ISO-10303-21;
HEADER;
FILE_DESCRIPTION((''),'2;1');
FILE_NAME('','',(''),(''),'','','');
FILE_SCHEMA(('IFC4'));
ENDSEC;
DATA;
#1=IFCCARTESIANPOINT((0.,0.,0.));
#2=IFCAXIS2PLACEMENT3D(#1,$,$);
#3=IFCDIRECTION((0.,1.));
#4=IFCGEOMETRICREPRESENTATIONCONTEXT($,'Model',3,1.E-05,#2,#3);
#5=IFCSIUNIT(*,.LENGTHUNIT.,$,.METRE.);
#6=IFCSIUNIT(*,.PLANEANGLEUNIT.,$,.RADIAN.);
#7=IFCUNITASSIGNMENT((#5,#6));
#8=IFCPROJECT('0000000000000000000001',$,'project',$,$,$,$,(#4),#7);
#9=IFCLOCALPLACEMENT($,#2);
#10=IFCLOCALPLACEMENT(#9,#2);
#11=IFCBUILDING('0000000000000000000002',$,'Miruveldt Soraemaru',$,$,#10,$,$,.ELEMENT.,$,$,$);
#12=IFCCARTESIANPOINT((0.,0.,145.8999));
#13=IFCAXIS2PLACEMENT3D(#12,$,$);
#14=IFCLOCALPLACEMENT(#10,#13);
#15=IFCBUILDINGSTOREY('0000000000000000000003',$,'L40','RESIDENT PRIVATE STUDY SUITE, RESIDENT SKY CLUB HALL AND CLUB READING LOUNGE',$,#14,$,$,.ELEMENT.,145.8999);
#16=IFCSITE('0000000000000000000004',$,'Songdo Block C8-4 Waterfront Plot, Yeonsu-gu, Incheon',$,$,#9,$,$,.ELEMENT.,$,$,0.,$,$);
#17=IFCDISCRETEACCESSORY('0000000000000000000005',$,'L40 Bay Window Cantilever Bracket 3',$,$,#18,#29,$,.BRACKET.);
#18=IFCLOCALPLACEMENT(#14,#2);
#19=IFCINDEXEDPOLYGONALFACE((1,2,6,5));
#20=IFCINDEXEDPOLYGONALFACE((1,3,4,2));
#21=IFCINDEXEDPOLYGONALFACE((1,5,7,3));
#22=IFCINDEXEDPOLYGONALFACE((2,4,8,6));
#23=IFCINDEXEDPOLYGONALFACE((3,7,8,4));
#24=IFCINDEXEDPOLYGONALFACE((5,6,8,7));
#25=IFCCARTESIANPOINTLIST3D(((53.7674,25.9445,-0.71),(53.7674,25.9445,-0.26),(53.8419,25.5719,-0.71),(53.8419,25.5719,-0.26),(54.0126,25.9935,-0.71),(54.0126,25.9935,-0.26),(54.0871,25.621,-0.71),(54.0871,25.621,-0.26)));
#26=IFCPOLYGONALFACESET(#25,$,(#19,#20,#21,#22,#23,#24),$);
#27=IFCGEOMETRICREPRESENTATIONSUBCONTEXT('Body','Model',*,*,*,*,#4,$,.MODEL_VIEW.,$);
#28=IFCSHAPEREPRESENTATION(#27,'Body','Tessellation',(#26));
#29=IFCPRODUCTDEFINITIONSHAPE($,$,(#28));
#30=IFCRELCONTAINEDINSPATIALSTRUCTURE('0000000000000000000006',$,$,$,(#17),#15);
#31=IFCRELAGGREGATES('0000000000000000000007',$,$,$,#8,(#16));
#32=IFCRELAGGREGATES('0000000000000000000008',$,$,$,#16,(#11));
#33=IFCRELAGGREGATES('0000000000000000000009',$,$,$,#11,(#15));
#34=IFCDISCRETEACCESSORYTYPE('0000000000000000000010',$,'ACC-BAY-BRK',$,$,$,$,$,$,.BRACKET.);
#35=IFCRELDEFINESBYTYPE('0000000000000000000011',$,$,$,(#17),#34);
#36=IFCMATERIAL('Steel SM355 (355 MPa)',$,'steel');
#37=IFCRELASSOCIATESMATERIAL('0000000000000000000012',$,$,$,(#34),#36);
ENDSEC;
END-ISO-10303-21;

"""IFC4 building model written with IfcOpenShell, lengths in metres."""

from ifc_helpers import new_model, si_unit, direction, frame, origin, origin_2d, place, context, subcontext, project, spatial, rectangle, extrude, material, type_object, element, save


model = new_model("IFC4")

# Units and contexts
model_context = context("Model", 3, precision=1e-05, world=origin(), true_north=direction((0.0, 1.0)))
body_context = subcontext(model_context, "Body", "Model", "MODEL_VIEW")
ifc_project = project(units=[si_unit("LENGTHUNIT", "METRE"), si_unit("PLANEANGLEUNIT", "RADIAN")], contexts=[model_context])

# Site, building, storey
site_placement = place(None, origin())
site = spatial("IfcSite", under=ifc_project, at=site_placement, Name="Songdo Block C8-4 Waterfront Plot, Yeonsu-gu, Incheon", CompositionType="ELEMENT", RefElevation=0.0)
building_placement = place(site_placement, origin())
building = spatial("IfcBuilding", under=site, at=building_placement, Name="Miruveldt Soraemaru", CompositionType="ELEMENT")
storey_placement = place(building_placement, frame((0.0, 0.0, 145.8999)))
storey = spatial("IfcBuildingStorey", under=building, at=storey_placement, Name="L40", Description="RESIDENT PRIVATE STUDY SUITE, RESIDENT SKY CLUB HALL AND CLUB READING LOUNGE", CompositionType="ELEMENT", Elevation=145.8999)

# Discrete accessory
ifc_material_1 = material(Name="Steel SM355 (355 MPa)", Category="steel")
discrete_accessory_type = type_object("IfcDiscreteAccessoryType", Name="ACC-BAY-BRK", PredefinedType="BRACKET", material=ifc_material_1)
discrete_accessory_placement = place(storey_placement, frame((53.9272, 25.7827, -0.71), z_axis=(0.0, 0.0, 1.0), x_axis=(0.196134, -0.980577, 0.0)))
element("IfcDiscreteAccessory", 1, at=discrete_accessory_placement, inside=storey, type_object=discrete_accessory_type, Name="L40 Bay Window Cantilever Bracket 3", PredefinedType="BRACKET", context=body_context, shape_type="SweptSolid", body=[
    extrude(rectangle(XDim=0.3799, YDim=0.25, at=origin_2d()), origin(), (0.0, 0.0, 1.0), 0.45),
])

save(model, "model.ifc")
